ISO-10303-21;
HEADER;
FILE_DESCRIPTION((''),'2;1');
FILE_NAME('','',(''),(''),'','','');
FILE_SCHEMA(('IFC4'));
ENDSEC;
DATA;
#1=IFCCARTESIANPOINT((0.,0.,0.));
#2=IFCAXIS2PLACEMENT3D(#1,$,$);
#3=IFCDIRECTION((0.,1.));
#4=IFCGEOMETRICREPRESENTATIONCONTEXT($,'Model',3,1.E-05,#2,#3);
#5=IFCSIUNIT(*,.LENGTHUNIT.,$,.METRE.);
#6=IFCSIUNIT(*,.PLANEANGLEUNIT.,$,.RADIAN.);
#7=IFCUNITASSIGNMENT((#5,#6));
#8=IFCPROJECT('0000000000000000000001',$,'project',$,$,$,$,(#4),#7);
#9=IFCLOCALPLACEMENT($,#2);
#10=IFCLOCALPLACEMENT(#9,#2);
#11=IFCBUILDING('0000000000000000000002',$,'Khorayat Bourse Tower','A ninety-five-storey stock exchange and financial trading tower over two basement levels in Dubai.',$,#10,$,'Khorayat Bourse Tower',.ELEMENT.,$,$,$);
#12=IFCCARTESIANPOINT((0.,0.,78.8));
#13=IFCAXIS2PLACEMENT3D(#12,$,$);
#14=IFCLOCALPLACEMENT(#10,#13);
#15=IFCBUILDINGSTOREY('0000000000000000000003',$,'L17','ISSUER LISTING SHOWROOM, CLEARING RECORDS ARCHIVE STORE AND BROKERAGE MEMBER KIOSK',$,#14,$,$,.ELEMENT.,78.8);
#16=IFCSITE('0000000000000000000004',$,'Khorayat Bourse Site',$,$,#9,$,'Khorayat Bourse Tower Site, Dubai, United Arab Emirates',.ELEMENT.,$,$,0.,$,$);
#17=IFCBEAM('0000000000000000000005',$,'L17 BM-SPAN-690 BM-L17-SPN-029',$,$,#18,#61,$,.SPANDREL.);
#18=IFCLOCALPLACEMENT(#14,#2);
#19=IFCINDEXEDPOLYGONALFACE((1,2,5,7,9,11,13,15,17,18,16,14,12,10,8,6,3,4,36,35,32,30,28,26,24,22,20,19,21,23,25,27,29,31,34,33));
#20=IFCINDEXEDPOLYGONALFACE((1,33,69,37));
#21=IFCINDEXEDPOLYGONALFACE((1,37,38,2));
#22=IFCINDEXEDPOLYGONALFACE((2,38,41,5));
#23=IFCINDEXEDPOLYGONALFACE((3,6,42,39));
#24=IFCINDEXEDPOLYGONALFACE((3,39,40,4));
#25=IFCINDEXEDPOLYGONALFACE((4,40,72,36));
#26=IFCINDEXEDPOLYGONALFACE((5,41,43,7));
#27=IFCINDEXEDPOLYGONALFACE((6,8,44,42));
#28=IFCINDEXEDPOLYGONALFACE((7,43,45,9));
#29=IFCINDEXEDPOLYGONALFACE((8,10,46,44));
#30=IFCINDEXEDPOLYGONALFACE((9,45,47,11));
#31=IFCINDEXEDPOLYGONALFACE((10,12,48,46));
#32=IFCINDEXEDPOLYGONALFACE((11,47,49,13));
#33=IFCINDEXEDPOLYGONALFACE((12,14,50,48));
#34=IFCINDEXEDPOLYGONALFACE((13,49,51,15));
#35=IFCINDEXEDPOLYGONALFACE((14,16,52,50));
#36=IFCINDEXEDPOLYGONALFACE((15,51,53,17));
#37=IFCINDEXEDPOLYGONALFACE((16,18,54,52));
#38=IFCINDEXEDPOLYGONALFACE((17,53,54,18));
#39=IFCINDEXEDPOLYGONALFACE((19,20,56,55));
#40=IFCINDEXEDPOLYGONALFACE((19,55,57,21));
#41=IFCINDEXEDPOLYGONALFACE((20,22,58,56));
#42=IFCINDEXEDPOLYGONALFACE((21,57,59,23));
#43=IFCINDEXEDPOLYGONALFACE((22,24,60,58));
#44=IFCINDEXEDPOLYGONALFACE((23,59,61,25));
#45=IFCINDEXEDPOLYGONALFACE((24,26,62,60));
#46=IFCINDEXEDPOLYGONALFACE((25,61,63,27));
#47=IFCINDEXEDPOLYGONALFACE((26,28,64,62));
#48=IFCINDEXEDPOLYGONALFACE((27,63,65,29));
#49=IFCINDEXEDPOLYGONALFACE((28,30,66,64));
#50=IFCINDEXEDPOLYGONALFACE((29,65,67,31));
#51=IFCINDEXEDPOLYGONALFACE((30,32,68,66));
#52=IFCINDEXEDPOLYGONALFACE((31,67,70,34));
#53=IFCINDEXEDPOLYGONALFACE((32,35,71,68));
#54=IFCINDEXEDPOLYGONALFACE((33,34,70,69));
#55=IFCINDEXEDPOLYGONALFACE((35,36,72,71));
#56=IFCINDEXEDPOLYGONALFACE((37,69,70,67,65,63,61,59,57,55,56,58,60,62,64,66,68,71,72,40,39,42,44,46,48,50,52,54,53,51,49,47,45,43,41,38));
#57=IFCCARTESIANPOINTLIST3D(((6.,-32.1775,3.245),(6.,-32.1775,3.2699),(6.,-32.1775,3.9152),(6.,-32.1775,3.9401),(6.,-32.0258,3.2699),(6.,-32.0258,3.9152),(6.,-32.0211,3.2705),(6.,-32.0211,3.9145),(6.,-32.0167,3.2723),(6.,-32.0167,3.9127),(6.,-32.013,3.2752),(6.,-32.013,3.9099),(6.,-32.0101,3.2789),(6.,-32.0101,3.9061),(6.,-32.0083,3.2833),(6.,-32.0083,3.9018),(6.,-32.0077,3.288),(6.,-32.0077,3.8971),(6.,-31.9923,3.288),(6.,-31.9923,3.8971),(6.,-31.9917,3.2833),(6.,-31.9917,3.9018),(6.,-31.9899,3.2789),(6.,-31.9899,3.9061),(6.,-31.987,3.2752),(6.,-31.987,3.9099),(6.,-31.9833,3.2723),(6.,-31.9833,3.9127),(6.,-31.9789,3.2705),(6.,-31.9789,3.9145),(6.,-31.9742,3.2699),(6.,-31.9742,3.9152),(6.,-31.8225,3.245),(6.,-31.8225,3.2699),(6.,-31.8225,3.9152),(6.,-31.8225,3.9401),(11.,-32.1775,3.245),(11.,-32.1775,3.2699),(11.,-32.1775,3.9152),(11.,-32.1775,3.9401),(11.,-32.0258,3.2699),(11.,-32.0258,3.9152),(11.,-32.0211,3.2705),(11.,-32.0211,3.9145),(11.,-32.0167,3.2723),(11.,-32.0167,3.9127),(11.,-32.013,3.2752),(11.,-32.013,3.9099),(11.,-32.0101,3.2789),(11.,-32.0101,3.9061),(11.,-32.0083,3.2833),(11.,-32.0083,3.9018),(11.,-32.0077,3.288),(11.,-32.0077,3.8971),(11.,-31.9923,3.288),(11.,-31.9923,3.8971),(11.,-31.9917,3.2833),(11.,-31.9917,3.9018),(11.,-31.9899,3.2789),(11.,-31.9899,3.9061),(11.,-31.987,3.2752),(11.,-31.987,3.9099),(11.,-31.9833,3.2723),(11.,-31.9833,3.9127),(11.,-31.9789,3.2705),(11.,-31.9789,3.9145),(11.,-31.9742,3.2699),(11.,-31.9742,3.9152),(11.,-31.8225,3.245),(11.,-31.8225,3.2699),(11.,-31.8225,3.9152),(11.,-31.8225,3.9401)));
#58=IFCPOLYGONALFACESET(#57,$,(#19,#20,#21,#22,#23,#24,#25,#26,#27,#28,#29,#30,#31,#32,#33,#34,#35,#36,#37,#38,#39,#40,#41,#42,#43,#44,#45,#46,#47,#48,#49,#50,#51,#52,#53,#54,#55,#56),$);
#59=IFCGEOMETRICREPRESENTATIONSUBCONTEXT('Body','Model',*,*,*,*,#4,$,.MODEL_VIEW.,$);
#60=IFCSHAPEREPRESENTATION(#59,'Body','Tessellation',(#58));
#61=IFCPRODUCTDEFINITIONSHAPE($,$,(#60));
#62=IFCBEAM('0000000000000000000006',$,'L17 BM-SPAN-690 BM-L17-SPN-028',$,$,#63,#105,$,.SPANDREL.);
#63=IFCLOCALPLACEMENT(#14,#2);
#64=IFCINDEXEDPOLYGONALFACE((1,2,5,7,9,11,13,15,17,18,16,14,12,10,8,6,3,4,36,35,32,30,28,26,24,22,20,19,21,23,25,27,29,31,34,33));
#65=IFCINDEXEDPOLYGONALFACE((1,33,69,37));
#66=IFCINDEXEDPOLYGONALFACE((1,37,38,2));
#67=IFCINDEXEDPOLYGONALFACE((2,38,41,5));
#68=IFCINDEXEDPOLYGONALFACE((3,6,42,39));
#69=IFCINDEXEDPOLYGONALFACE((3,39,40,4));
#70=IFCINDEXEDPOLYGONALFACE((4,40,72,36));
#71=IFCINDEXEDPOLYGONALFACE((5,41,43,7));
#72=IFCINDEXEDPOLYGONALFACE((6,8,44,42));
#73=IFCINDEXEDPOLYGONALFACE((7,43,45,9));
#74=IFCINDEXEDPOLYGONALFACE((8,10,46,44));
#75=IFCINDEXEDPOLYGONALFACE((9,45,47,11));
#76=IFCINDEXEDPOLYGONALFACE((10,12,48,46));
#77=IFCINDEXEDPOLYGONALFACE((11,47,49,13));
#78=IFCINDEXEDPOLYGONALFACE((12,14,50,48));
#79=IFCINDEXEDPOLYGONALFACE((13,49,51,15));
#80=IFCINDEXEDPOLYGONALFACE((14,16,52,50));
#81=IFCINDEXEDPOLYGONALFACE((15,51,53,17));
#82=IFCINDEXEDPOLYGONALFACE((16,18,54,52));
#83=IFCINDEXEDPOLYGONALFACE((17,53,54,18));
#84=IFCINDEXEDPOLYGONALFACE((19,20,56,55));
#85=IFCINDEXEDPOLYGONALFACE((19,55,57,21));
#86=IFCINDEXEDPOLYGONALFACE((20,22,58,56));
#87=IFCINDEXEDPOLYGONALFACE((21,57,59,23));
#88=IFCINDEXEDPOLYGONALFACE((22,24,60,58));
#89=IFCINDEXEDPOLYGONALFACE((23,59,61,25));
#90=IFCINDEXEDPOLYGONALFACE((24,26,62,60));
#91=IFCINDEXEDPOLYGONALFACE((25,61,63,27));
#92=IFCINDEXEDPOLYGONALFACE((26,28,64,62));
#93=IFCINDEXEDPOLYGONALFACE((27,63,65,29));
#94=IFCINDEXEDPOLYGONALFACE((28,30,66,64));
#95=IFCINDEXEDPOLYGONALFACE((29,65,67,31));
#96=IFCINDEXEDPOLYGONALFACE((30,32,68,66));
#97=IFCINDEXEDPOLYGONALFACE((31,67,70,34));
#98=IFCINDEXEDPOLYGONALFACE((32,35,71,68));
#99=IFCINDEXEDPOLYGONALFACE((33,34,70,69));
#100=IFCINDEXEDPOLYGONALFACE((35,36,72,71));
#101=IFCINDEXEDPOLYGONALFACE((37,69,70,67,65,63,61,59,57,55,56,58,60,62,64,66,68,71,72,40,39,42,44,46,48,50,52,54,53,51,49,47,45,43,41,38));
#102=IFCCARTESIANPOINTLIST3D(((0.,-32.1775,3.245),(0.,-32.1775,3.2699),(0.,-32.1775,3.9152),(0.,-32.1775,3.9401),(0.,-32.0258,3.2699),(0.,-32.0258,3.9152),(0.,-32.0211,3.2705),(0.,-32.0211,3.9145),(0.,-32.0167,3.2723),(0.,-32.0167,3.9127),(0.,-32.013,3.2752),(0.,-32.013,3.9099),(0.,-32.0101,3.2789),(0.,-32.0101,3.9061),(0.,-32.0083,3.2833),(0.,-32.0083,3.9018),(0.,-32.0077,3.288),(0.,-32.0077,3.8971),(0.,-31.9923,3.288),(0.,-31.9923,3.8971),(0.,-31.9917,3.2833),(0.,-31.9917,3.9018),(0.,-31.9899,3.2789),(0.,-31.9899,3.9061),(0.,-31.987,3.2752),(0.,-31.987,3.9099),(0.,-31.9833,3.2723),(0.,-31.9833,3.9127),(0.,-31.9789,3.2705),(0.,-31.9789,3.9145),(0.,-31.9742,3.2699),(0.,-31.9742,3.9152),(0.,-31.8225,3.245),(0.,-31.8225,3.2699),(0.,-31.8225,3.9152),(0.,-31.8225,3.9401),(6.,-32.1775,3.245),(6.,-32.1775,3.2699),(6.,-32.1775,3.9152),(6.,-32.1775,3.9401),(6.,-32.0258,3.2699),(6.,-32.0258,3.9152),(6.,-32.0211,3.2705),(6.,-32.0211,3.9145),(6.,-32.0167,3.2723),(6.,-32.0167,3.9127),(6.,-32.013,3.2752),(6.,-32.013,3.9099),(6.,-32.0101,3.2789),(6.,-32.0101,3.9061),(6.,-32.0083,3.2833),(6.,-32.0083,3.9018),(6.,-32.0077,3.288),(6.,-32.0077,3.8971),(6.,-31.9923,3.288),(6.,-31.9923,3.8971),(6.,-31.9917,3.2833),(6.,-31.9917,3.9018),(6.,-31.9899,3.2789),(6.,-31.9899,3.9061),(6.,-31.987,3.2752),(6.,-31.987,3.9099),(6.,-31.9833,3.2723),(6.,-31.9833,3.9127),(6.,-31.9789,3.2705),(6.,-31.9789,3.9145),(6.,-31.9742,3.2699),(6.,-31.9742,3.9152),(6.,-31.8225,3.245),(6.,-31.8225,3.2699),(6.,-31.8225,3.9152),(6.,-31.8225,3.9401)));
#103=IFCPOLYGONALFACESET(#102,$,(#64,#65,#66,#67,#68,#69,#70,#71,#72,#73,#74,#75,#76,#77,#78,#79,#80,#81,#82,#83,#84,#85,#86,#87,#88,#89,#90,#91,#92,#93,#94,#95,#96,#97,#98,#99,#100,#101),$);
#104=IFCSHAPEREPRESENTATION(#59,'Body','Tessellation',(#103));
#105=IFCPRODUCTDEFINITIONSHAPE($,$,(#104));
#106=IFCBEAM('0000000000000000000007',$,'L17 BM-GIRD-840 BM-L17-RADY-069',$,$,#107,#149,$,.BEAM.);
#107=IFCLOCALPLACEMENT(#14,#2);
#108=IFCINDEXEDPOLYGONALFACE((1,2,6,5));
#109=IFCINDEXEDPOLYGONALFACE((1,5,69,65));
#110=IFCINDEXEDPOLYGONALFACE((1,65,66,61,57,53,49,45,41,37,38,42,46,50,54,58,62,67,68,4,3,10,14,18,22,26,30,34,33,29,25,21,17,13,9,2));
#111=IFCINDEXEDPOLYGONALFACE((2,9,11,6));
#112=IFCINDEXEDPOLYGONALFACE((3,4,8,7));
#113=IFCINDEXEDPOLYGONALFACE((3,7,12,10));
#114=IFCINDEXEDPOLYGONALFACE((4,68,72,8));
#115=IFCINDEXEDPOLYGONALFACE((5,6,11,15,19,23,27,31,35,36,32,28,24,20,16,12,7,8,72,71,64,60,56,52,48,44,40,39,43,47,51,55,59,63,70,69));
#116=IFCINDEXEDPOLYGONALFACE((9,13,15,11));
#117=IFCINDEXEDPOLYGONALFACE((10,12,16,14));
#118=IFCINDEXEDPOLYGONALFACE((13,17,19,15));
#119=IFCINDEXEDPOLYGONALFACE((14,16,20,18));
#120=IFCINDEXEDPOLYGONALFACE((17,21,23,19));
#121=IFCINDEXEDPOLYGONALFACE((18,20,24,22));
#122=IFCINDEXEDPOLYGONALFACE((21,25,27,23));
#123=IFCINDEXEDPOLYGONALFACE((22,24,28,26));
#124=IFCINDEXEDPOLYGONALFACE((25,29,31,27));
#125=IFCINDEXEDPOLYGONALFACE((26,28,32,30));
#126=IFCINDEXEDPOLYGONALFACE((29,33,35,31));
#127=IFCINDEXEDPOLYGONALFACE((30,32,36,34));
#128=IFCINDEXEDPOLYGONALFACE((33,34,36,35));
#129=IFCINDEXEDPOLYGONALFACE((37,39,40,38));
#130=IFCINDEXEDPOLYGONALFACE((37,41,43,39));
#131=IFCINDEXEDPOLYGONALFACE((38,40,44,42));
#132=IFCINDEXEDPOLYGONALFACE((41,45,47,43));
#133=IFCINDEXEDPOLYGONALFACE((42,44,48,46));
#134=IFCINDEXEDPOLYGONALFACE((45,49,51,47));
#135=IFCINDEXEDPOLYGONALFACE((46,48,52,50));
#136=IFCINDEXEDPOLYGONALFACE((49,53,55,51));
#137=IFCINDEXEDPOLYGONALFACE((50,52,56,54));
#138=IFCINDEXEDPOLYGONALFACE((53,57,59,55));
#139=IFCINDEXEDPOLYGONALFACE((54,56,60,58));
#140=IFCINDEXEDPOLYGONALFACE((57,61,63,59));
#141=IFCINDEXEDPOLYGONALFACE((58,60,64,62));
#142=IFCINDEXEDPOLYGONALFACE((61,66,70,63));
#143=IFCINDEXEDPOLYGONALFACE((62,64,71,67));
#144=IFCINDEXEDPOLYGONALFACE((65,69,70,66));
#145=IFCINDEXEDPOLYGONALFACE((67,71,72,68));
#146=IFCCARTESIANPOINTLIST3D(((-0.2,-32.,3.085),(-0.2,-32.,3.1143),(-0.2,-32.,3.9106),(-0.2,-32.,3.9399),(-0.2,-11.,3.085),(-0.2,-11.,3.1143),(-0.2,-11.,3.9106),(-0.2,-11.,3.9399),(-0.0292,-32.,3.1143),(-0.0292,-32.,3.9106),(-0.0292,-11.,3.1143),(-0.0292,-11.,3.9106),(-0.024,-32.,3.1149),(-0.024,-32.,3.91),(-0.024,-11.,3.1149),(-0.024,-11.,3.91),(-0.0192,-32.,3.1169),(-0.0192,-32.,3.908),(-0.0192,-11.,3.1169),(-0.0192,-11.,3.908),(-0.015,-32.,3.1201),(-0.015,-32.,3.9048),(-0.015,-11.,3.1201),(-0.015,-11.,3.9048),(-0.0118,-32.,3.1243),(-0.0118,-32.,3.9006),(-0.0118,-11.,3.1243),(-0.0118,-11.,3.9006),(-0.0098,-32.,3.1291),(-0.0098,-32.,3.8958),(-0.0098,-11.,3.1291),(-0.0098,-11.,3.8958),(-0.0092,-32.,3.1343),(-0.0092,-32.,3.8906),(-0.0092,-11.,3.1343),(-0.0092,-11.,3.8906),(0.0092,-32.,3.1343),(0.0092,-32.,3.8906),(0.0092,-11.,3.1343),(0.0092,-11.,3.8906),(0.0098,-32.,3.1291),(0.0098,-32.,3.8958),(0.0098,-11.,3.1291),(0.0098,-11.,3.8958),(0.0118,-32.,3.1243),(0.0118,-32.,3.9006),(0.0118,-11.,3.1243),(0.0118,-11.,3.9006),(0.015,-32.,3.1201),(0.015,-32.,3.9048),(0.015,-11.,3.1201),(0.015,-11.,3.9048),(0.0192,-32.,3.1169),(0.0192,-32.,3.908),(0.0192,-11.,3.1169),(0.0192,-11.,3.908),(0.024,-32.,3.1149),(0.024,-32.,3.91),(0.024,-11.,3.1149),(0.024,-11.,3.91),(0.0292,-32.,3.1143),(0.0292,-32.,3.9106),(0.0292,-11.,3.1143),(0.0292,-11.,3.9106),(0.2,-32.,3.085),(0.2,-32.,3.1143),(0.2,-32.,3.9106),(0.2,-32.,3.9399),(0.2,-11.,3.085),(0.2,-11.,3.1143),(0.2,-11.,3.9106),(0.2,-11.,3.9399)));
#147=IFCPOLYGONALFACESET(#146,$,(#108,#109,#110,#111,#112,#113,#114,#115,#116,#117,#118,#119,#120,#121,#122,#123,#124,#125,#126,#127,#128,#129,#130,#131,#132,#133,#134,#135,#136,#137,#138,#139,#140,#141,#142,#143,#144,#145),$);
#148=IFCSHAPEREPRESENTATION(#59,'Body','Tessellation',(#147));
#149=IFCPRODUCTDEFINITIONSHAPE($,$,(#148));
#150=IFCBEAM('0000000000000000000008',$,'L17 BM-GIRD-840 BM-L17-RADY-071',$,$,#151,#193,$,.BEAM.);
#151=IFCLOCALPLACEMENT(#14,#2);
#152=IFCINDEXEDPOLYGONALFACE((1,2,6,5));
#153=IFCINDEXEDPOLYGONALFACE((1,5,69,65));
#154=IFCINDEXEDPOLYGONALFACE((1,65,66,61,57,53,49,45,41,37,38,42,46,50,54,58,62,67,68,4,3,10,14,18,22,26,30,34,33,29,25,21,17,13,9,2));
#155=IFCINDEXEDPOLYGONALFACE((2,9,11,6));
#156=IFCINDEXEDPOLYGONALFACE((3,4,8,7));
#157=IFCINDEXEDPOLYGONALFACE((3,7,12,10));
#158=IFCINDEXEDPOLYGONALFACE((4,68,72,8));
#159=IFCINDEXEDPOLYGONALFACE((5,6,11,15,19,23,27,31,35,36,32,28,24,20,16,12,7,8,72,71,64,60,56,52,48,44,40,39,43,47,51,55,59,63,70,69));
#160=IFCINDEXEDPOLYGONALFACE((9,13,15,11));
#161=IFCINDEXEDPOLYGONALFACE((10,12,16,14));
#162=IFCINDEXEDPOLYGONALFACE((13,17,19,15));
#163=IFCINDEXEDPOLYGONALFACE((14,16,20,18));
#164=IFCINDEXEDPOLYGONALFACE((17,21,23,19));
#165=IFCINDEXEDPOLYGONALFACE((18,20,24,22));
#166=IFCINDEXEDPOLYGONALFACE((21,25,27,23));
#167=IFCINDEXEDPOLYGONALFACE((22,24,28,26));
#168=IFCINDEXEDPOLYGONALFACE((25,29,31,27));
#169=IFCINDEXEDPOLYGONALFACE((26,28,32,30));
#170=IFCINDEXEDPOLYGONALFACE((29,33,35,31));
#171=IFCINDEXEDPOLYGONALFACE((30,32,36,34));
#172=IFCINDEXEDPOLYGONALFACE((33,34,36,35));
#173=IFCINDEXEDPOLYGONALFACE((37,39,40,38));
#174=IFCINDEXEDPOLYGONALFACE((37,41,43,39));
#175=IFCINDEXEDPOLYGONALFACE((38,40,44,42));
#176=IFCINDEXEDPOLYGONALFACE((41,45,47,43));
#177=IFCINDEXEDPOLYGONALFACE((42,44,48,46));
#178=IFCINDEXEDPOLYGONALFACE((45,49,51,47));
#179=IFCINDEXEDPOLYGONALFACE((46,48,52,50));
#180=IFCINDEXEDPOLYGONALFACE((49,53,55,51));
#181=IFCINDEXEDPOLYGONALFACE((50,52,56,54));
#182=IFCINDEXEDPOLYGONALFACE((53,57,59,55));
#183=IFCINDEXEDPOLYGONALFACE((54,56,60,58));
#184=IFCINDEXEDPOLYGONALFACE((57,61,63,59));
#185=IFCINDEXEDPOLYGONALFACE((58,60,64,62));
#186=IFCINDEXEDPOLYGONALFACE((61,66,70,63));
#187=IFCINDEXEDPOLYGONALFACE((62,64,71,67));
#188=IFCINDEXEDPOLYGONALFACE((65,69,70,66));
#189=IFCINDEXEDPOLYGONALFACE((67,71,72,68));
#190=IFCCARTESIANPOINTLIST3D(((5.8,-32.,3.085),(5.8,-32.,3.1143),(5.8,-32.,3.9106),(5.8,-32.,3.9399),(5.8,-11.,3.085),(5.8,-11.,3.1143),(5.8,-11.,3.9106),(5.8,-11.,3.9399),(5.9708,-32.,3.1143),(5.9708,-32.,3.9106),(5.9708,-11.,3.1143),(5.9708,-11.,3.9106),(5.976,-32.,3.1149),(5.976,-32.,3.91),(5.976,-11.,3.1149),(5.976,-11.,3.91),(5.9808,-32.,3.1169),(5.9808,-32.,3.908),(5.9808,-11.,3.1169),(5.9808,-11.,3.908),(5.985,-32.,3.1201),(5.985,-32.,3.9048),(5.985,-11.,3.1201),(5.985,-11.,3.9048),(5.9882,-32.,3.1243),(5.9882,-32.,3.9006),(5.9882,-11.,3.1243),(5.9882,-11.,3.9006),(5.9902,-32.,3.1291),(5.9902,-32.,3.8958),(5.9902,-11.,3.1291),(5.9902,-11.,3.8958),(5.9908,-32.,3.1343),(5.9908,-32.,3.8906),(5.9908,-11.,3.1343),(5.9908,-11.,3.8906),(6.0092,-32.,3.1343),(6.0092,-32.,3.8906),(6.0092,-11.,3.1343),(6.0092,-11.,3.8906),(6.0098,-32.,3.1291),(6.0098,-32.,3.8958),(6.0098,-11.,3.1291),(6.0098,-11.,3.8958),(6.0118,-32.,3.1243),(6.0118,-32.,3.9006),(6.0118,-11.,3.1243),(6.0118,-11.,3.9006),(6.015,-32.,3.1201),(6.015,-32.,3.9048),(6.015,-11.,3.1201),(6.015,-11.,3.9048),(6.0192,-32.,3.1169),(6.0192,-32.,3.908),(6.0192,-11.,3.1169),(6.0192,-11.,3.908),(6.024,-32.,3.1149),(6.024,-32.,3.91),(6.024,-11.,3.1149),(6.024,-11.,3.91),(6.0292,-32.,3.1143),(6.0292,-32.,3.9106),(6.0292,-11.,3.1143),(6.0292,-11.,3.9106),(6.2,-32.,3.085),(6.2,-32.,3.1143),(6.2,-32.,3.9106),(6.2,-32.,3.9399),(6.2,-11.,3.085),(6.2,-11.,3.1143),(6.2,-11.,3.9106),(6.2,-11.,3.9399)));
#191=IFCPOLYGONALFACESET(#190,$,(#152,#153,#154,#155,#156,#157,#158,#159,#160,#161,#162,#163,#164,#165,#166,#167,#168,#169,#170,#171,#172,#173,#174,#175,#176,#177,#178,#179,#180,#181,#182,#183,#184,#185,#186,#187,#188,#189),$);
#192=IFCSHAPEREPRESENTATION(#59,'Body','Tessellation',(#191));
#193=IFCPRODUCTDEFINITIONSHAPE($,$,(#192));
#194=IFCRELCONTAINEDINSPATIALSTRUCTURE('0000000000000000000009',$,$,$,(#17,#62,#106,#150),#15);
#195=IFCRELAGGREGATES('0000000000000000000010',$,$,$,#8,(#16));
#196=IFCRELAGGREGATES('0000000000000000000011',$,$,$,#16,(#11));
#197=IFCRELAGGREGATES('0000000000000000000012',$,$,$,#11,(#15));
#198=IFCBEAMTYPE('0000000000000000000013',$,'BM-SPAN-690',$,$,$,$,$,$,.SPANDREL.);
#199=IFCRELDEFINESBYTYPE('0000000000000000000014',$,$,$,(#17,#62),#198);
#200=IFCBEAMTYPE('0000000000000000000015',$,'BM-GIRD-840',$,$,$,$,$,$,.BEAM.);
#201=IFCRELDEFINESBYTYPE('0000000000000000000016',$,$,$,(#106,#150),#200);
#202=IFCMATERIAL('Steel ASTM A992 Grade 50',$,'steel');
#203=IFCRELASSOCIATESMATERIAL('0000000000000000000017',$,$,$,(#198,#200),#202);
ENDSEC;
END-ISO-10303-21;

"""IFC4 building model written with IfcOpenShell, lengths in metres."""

from ifc_helpers import new_model, si_unit, direction, frame, origin, origin_2d, place, context, subcontext, project, spatial, i_section, extrude, source, transform, mapped, material, material_profile, profile_set, type_object, element, save


model = new_model("IFC4")

# Units and contexts
model_context = context("Model", 3, precision=1e-05, world=origin(), true_north=direction((0.0, 1.0)))
body_context = subcontext(model_context, "Body", "Model", "MODEL_VIEW")
ifc_project = project(units=[si_unit("LENGTHUNIT", "METRE"), si_unit("PLANEANGLEUNIT", "RADIAN")], contexts=[model_context])

# Site, building, storey
site_placement = place(None, origin())
site = spatial("IfcSite", under=ifc_project, at=site_placement, Name="Khorayat Bourse Site", LongName="Khorayat Bourse Tower Site, Dubai, United Arab Emirates", CompositionType="ELEMENT", RefElevation=0.0)
building_placement = place(site_placement, origin())
building = spatial("IfcBuilding", under=site, at=building_placement, Name="Khorayat Bourse Tower", Description="A ninety-five-storey stock exchange and financial trading tower over two basement levels in Dubai.", LongName="Khorayat Bourse Tower", CompositionType="ELEMENT")
storey_placement = place(building_placement, frame((0.0, 0.0, 78.8)))
storey = spatial("IfcBuildingStorey", under=building, at=storey_placement, Name="L17", Description="ISSUER LISTING SHOWROOM, CLEARING RECORDS ARCHIVE STORE AND BROKERAGE MEMBER KIOSK", CompositionType="ELEMENT", Elevation=78.8)

# Beams
ifc_material_1 = material(Name="Steel ASTM A992 Grade 50", Category="steel")
ifc_material_profile_1 = material_profile(ifc_material_1, i_section(OverallWidth=0.355, OverallDepth=0.6951, WebThickness=0.0154, FlangeThickness=0.0249, FilletRadius=0.0181, at=origin_2d()), Name="W690X217")
ifc_profile_set_1 = profile_set([ifc_material_profile_1], Name="Steel ASTM A992 Grade 50")
beam_type_1 = type_object("IfcBeamType", Name="BM-SPAN-690", PredefinedType="SPANDREL", material=ifc_profile_set_1)
shared_shape_1 = source(origin(), body_context, "Body", "SweptSolid", [
    extrude(i_section(OverallWidth=0.355, OverallDepth=0.6951, WebThickness=0.0154, FlangeThickness=0.0249, FilletRadius=0.0181, at=origin_2d()), origin(), (0.0, 0.0, 1.0), 5.0),
])
beam_1_placement = place(storey_placement, frame((6.0, -32.0, 3.5925), z_axis=(1.0, 0.0, 0.0), x_axis=(0.0, 1.0, 0.0)))
element("IfcBeam", 1, at=beam_1_placement, inside=storey, type_object=beam_type_1, Name="L17 BM-SPAN-690 BM-L17-SPN-029", PredefinedType="SPANDREL", context=body_context, shape_type="MappedRepresentation", body=[
    mapped(shared_shape_1, transform((0.0, 0.0, 0.0), scale=1.0)),
])
shared_shape_2 = source(origin(), body_context, "Body", "SweptSolid", [
    extrude(i_section(OverallWidth=0.355, OverallDepth=0.6951, WebThickness=0.0154, FlangeThickness=0.0249, FilletRadius=0.0181, at=origin_2d()), origin(), (0.0, 0.0, 1.0), 6.0),
])
beam_2_placement = place(storey_placement, frame((0.0, -32.0, 3.5925), z_axis=(1.0, 0.0, 0.0), x_axis=(0.0, 1.0, 0.0)))
element("IfcBeam", 2, at=beam_2_placement, inside=storey, type_object=beam_type_1, Name="L17 BM-SPAN-690 BM-L17-SPN-028", PredefinedType="SPANDREL", context=body_context, shape_type="MappedRepresentation", body=[
    mapped(shared_shape_2, transform((0.0, 0.0, 0.0), scale=1.0)),
])
ifc_material_profile_2 = material_profile(ifc_material_1, i_section(OverallWidth=0.3999, OverallDepth=0.855, WebThickness=0.0183, FlangeThickness=0.0293, FilletRadius=0.02, at=origin_2d()), Name="W840X299")
ifc_profile_set_2 = profile_set([ifc_material_profile_2], Name="Steel ASTM A992 Grade 50")
beam_type_2 = type_object("IfcBeamType", Name="BM-GIRD-840", PredefinedType="BEAM", material=ifc_profile_set_2)
shared_shape_3 = source(origin(), body_context, "Body", "SweptSolid", [
    extrude(i_section(OverallWidth=0.3999, OverallDepth=0.855, WebThickness=0.0183, FlangeThickness=0.0293, FilletRadius=0.02, at=origin_2d()), origin(), (0.0, 0.0, 1.0), 21.0),
])
for number, where, z_axis, x_axis, name in (
    (3, (0.0, -32.0, 3.5125), (0.0, 1.0, 0.0), (-1.0, 0.0, 0.0), "L17 BM-GIRD-840 BM-L17-RADY-069"),
    (4, (6.0, -32.0, 3.5125), (0.0, 1.0, 0.0), (-1.0, 0.0, 0.0), "L17 BM-GIRD-840 BM-L17-RADY-071"),
):
    element("IfcBeam", number, at=place(storey_placement, frame(where, z_axis=z_axis, x_axis=x_axis)), inside=storey, type_object=beam_type_2, Name=name, PredefinedType="BEAM", context=body_context, shape_type="MappedRepresentation", body=[
        mapped(shared_shape_3, transform((0.0, 0.0, 0.0), scale=1.0)),
    ])

save(model, "model.ifc")
